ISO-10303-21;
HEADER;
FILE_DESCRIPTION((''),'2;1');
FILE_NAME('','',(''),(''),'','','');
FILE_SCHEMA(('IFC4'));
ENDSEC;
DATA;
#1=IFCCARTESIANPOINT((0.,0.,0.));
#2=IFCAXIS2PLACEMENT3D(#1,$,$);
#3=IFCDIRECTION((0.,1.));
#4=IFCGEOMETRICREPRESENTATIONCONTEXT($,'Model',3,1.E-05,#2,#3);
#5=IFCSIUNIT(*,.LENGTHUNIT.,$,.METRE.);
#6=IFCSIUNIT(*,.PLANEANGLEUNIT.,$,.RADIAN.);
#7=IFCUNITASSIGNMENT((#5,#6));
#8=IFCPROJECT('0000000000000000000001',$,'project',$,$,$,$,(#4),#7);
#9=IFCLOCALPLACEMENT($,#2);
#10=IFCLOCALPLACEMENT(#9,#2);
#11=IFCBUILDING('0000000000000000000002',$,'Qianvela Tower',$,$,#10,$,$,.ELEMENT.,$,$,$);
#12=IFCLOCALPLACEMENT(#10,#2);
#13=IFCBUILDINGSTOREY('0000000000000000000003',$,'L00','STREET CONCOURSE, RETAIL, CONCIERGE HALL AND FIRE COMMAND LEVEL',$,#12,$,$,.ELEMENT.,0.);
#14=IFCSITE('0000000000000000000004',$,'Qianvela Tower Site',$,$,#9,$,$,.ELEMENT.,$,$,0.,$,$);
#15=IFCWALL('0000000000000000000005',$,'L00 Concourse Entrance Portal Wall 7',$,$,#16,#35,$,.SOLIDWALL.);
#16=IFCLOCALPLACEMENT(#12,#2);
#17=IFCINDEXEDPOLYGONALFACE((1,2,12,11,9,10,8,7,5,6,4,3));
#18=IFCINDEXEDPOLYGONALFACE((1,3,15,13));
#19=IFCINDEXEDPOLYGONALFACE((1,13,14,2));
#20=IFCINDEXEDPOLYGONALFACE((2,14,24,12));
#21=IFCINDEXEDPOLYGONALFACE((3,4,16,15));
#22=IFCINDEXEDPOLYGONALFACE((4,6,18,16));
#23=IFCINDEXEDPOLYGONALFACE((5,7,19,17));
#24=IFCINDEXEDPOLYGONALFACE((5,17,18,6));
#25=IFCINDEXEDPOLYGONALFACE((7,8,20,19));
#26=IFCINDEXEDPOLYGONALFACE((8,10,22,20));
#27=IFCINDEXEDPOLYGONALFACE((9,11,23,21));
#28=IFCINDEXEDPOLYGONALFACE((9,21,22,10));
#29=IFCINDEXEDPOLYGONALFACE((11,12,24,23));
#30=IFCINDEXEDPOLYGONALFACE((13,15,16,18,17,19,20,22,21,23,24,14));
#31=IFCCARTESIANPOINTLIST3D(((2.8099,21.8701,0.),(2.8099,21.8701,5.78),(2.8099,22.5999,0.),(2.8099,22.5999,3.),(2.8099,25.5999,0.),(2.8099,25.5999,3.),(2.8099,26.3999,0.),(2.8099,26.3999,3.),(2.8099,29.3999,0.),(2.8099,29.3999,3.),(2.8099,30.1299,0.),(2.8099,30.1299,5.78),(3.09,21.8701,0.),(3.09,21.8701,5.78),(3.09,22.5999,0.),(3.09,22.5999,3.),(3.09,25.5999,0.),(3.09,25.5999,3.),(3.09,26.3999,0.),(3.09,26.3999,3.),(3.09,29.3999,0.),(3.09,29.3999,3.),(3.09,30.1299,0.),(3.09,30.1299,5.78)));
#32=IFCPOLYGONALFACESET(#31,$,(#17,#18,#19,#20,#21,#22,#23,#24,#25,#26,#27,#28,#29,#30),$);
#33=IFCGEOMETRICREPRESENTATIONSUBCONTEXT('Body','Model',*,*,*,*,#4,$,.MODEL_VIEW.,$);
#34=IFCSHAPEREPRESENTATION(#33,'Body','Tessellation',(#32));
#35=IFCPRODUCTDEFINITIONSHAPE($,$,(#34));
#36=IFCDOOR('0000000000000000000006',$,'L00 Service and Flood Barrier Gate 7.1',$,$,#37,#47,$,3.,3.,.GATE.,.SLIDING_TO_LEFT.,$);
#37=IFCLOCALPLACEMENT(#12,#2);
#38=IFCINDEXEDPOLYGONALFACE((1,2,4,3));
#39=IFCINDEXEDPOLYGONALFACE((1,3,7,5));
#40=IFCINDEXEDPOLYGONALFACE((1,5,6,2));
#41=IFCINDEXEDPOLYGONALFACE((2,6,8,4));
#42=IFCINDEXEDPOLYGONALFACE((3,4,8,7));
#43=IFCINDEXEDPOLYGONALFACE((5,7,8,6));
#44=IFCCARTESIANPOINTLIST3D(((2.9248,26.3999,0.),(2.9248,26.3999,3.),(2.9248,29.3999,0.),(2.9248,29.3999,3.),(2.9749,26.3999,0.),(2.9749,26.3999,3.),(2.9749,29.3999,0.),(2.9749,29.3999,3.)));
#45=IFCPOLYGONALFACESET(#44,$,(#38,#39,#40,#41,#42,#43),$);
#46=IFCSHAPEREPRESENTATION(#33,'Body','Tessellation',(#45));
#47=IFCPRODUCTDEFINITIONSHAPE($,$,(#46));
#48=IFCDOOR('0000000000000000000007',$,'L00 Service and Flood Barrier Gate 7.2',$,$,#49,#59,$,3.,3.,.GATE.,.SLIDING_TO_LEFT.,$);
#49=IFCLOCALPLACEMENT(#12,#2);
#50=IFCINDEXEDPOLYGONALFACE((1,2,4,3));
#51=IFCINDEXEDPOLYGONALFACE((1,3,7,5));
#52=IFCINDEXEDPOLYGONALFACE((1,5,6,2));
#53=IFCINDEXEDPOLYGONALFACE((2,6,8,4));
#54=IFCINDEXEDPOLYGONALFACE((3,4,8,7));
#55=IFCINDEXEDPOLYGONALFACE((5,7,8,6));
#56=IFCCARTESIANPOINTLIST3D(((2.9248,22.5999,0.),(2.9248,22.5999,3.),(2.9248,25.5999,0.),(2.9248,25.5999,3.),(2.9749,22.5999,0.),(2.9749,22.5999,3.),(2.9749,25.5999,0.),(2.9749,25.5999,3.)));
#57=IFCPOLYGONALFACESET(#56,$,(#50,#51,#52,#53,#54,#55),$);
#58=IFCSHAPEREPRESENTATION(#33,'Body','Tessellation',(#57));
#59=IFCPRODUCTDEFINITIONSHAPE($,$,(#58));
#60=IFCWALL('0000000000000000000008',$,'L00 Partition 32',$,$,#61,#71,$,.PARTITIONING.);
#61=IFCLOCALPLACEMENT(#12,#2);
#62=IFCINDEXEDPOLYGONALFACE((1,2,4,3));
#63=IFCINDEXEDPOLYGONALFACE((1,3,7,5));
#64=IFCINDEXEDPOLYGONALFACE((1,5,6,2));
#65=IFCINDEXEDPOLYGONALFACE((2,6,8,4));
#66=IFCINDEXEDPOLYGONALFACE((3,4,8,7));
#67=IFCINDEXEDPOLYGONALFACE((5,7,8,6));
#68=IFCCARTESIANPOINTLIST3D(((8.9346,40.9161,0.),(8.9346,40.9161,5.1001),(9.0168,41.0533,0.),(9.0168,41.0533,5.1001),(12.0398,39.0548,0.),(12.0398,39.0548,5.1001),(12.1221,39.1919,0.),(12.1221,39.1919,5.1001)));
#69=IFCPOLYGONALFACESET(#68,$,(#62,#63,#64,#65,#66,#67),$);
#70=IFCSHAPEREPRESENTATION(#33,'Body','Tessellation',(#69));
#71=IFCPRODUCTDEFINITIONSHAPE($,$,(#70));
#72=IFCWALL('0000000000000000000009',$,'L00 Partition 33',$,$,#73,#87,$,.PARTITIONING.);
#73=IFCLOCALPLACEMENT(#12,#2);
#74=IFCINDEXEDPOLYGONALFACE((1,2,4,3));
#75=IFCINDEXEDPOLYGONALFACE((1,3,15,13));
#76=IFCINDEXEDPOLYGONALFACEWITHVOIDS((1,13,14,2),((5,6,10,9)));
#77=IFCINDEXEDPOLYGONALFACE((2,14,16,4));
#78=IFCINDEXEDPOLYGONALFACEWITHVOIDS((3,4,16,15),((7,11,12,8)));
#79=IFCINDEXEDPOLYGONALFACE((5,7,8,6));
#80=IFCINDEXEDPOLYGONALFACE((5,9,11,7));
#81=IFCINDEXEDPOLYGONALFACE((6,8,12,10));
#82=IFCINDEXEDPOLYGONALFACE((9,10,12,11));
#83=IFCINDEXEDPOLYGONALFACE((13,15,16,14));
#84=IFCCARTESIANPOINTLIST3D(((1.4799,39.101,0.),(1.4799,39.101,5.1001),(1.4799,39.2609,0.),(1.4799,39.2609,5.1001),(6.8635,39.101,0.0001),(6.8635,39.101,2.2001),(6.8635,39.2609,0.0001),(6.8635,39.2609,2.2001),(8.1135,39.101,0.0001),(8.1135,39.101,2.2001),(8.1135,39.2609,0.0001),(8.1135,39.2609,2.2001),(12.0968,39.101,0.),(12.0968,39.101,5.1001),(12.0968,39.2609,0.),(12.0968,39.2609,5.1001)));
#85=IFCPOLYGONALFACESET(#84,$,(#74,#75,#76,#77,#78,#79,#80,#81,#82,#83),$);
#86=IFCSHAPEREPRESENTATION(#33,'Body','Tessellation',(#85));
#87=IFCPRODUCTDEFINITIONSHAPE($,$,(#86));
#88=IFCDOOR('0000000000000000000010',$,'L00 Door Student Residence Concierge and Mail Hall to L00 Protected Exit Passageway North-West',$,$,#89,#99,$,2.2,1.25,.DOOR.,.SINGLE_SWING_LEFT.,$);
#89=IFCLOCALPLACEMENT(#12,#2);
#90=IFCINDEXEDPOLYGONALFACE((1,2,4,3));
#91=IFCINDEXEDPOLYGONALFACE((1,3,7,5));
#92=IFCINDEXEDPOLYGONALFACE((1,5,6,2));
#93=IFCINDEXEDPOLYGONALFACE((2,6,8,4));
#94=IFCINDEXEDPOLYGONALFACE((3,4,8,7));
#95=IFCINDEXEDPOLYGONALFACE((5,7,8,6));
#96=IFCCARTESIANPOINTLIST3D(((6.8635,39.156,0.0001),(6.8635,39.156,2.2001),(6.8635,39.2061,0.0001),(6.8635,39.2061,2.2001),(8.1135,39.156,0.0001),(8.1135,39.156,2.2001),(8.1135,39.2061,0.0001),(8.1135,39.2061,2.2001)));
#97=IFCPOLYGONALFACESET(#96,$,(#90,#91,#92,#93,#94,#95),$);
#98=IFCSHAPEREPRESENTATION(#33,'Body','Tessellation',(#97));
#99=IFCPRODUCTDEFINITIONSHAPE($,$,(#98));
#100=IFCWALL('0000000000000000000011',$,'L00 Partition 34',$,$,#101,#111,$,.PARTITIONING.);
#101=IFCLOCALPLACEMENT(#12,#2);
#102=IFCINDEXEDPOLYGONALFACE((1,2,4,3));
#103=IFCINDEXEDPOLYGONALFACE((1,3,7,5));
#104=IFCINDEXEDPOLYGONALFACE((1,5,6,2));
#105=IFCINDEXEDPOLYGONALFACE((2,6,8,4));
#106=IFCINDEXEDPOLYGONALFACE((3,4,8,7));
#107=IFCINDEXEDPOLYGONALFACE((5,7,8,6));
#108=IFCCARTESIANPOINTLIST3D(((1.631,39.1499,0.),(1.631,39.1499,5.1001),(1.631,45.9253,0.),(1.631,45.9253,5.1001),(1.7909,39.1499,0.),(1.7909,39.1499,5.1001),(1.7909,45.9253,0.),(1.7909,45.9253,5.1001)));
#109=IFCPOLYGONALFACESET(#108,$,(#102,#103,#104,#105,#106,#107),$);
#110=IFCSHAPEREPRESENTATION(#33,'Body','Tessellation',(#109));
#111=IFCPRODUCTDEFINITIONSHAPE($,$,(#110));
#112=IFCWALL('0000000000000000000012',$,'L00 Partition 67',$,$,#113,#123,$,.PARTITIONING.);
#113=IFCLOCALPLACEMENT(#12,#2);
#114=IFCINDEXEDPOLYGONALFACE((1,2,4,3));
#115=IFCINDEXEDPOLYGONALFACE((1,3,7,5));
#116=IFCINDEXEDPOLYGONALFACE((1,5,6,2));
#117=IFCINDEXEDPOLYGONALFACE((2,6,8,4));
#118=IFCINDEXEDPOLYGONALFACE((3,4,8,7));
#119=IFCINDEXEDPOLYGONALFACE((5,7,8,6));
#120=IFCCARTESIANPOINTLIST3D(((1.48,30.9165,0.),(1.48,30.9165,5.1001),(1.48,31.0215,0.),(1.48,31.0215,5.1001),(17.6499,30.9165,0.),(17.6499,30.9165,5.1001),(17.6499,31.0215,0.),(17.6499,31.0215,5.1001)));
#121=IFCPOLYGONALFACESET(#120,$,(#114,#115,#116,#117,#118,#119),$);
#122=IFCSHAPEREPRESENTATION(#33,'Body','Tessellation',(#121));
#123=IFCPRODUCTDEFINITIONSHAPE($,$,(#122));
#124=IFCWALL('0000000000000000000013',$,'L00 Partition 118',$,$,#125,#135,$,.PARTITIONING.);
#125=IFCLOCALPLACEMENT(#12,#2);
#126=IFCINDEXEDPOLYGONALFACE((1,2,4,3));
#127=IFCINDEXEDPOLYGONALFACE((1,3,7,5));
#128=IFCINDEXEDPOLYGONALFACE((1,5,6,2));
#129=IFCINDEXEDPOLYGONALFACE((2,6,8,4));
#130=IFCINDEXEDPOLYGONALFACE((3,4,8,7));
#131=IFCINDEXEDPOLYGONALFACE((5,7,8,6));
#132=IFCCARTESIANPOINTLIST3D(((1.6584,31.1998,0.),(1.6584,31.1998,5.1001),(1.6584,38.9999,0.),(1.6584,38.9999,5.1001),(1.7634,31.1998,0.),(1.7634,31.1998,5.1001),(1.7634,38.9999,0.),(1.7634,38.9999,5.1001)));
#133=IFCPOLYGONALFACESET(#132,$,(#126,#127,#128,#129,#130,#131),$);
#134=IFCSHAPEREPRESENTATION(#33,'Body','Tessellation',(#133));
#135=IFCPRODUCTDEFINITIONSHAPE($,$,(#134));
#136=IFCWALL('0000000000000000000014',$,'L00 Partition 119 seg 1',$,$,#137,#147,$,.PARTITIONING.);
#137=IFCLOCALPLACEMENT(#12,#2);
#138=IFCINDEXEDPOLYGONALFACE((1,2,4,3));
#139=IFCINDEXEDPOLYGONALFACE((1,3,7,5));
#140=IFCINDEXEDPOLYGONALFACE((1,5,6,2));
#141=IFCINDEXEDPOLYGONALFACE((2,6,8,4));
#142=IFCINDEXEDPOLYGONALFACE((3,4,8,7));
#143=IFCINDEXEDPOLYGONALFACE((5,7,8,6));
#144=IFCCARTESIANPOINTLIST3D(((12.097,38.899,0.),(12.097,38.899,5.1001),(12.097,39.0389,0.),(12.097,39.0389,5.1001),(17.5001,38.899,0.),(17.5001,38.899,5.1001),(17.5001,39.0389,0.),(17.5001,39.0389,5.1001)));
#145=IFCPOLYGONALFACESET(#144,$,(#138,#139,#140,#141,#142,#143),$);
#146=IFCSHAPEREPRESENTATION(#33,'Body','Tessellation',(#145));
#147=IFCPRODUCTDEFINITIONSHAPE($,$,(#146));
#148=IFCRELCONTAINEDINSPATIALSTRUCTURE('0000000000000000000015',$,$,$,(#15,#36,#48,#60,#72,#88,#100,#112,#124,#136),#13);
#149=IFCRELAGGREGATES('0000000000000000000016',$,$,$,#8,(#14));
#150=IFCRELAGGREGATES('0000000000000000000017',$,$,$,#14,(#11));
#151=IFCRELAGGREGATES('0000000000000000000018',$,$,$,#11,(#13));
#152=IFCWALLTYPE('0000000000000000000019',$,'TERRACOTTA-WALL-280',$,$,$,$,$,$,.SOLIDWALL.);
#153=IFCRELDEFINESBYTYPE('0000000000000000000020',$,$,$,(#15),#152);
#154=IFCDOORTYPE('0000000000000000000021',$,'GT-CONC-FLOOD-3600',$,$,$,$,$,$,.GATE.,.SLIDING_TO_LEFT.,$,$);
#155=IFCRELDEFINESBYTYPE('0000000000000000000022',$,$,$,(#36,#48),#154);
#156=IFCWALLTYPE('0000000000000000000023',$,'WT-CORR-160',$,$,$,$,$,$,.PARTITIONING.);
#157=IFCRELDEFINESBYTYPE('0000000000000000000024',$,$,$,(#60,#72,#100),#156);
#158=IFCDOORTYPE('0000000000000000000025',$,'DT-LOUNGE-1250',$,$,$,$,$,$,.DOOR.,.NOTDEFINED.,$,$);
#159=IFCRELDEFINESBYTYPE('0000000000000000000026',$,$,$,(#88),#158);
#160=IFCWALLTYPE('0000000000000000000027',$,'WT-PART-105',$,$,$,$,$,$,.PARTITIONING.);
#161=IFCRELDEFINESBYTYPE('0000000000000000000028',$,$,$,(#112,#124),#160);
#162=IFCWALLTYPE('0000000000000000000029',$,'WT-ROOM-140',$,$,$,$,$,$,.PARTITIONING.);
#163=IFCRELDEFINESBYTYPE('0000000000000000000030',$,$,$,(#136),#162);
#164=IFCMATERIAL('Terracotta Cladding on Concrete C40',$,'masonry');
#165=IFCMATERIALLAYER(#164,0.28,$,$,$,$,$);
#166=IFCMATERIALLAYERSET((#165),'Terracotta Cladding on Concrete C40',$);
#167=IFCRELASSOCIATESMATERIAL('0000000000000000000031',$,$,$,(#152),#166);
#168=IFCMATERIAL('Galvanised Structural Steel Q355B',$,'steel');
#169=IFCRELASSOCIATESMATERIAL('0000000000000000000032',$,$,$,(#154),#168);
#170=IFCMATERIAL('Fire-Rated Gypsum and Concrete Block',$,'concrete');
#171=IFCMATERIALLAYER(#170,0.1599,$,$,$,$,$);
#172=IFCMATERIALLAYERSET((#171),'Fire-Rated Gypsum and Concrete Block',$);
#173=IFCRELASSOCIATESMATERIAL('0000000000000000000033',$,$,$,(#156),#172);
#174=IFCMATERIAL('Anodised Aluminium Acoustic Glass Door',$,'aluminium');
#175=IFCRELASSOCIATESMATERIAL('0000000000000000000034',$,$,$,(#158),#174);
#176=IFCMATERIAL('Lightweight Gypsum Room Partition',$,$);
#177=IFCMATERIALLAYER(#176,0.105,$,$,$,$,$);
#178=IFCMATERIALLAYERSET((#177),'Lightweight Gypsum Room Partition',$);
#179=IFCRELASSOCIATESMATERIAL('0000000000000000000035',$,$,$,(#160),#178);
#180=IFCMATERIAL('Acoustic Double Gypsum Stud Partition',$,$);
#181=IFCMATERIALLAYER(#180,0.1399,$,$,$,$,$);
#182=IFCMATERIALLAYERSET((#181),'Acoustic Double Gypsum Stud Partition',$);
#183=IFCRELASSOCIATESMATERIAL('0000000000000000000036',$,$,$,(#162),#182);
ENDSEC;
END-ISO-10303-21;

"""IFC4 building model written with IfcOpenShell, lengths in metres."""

from ifc_helpers import new_model, si_unit, direction, frame, frame_2d, origin, place, context, subcontext, project, spatial, rectangle, extrude, material, layer, layer_set, type_object, element, fill, save


model = new_model("IFC4")

# Units and contexts
model_context = context("Model", 3, precision=1e-05, world=origin(), true_north=direction((0.0, 1.0)))
body_context = subcontext(model_context, "Body", "Model", "MODEL_VIEW")
ifc_project = project(units=[si_unit("LENGTHUNIT", "METRE"), si_unit("PLANEANGLEUNIT", "RADIAN")], contexts=[model_context])

# Site, building, storey
site_placement = place(None, origin())
site = spatial("IfcSite", under=ifc_project, at=site_placement, Name="Qianvela Tower Site", CompositionType="ELEMENT", RefElevation=0.0)
building_placement = place(site_placement, origin())
building = spatial("IfcBuilding", under=site, at=building_placement, Name="Qianvela Tower", CompositionType="ELEMENT")
storey_placement = place(building_placement, origin())
storey = spatial("IfcBuildingStorey", under=building, at=storey_placement, Name="L00", Description="STREET CONCOURSE, RETAIL, CONCIERGE HALL AND FIRE COMMAND LEVEL", CompositionType="ELEMENT", Elevation=0.0)

# Wall, openings, doors
ifc_material_1 = material(Name="Terracotta Cladding on Concrete C40", Category="masonry")
ifc_layer_1 = layer(ifc_material_1, 0.28)
ifc_layer_set_1 = layer_set([ifc_layer_1], Name="Terracotta Cladding on Concrete C40")
wall_type_1 = type_object("IfcWallType", Name="TERRACOTTA-WALL-280", PredefinedType="SOLIDWALL", material=ifc_layer_set_1)
wall_1_placement = place(storey_placement, frame((2.95, 30.1299, 0.0), z_axis=(0.0, 0.0, 1.0), x_axis=(0.0, -1.0, 0.0)))
wall_1 = element("IfcWall", 1, at=wall_1_placement, inside=storey, type_object=wall_type_1, Name="L00 Concourse Entrance Portal Wall 7", PredefinedType="SOLIDWALL", context=body_context, shape_type="SweptSolid", body=[
    extrude(rectangle(XDim=8.2598, YDim=0.28, at=frame_2d((4.1299, 0.0))), origin(), (0.0, 0.0, 1.0), 5.78),
])
opening_1_placement = place(wall_1_placement, frame((0.73, 0.0, 0.0)))
opening_1 = element("IfcOpeningElement", 2, at=opening_1_placement, cuts=wall_1, PredefinedType="OPENING", context=body_context, shape_type="SweptSolid", body=[
    extrude(rectangle(XDim=3.0, YDim=3.0, at=frame_2d((1.5, 1.5))), frame((0.0, 0.1499, 0.0), z_axis=(0.0, -1.0, 0.0), x_axis=(1.0, 0.0, 0.0)), (0.0, 0.0, 1.0), 0.3),
])
opening_2_placement = place(wall_1_placement, frame((4.53, 0.0, 0.0)))
opening_2 = element("IfcOpeningElement", 3, at=opening_2_placement, cuts=wall_1, PredefinedType="OPENING", context=body_context, shape_type="SweptSolid", body=[
    extrude(rectangle(XDim=3.0, YDim=3.0, at=frame_2d((1.5, 1.5))), frame((0.0, 0.1499, 0.0), z_axis=(0.0, -1.0, 0.0), x_axis=(1.0, 0.0, 0.0)), (0.0, 0.0, 1.0), 0.3),
])
ifc_material_2 = material(Name="Galvanised Structural Steel Q355B", Category="steel")
door_type_1 = type_object("IfcDoorType", Name="GT-CONC-FLOOD-3600", OperationType="SLIDING_TO_LEFT", PredefinedType="GATE", material=ifc_material_2)
door_1_placement = place(opening_1_placement, origin())
door_1 = element("IfcDoor", 4, at=door_1_placement, inside=storey, type_object=door_type_1, Name="L00 Service and Flood Barrier Gate 7.1", OperationType="SLIDING_TO_LEFT", OverallHeight=3.0, OverallWidth=3.0, PredefinedType="GATE", context=body_context, shape_type="SweptSolid", body=[
    extrude(rectangle(XDim=3.0, YDim=3.0, at=frame_2d((1.5, 1.5))), frame((0.0, 0.0249, 0.0), z_axis=(0.0, -1.0, 0.0), x_axis=(1.0, 0.0, 0.0)), (0.0, 0.0, 1.0), 0.05),
])
fill(opening_1, door_1)
door_2_placement = place(opening_2_placement, origin())
door_2 = element("IfcDoor", 5, at=door_2_placement, inside=storey, type_object=door_type_1, Name="L00 Service and Flood Barrier Gate 7.2", OperationType="SLIDING_TO_LEFT", OverallHeight=3.0, OverallWidth=3.0, PredefinedType="GATE", context=body_context, shape_type="SweptSolid", body=[
    extrude(rectangle(XDim=3.0, YDim=3.0, at=frame_2d((1.5, 1.5))), frame((0.0, 0.0249, 0.0), z_axis=(0.0, -1.0, 0.0), x_axis=(1.0, 0.0, 0.0)), (0.0, 0.0, 1.0), 0.05),
])
fill(opening_2, door_2)

# Wall
ifc_material_3 = material(Name="Fire-Rated Gypsum and Concrete Block", Category="concrete")
ifc_layer_2 = layer(ifc_material_3, 0.1599)
ifc_layer_set_2 = layer_set([ifc_layer_2], Name="Fire-Rated Gypsum and Concrete Block")
wall_type_2 = type_object("IfcWallType", Name="WT-CORR-160", PredefinedType="PARTITIONING", material=ifc_layer_set_2)
wall_2_placement = place(storey_placement, frame((8.9758, 40.9846, 0.0), z_axis=(0.0, 0.0, 1.0), x_axis=(0.857713, -0.514129, 0.0)))
element("IfcWall", 6, at=wall_2_placement, inside=storey, type_object=wall_type_2, Name="L00 Partition 32", PredefinedType="PARTITIONING", context=body_context, shape_type="SweptSolid", body=[
    extrude(rectangle(XDim=3.6204, YDim=0.1599, at=frame_2d((1.8101, 0.0))), origin(), (0.0, 0.0, 1.0), 5.1001),
])

# Wall, opening, door
wall_3_placement = place(storey_placement, frame((12.0969, 39.1809, 0.0), z_axis=(0.0, 0.0, 1.0), x_axis=(-1.0, 0.0, 0.0)))
wall_3 = element("IfcWall", 7, at=wall_3_placement, inside=storey, type_object=wall_type_2, Name="L00 Partition 33", PredefinedType="PARTITIONING", context=body_context, shape_type="SweptSolid", body=[
    extrude(rectangle(XDim=10.6169, YDim=0.1599, at=frame_2d((5.3086, 0.0))), origin(), (0.0, 0.0, 1.0), 5.1001),
])
opening_3_placement = place(wall_3_placement, frame((3.9834, 0.0, 0.0)))
opening_3 = element("IfcOpeningElement", 8, at=opening_3_placement, cuts=wall_3, PredefinedType="OPENING", context=body_context, shape_type="SweptSolid", body=[
    extrude(rectangle(XDim=1.25, YDim=2.2, at=frame_2d((0.625, 1.1001))), frame((0.0, 0.0898, 0.0), z_axis=(0.0, -1.0, 0.0), x_axis=(1.0, 0.0, 0.0)), (0.0, 0.0, 1.0), 0.1799),
])
ifc_material_4 = material(Name="Anodised Aluminium Acoustic Glass Door", Category="aluminium")
door_type_2 = type_object("IfcDoorType", Name="DT-LOUNGE-1250", OperationType="NOTDEFINED", PredefinedType="DOOR", material=ifc_material_4)
door_3_placement = place(opening_3_placement, origin())
door_3 = element("IfcDoor", 9, at=door_3_placement, inside=storey, type_object=door_type_2, Name="L00 Door Student Residence Concierge and Mail Hall to L00 Protected Exit Passageway North-West", OperationType="SINGLE_SWING_LEFT", OverallHeight=2.2, OverallWidth=1.25, PredefinedType="DOOR", context=body_context, shape_type="SweptSolid", body=[
    extrude(rectangle(XDim=1.25, YDim=2.2, at=frame_2d((0.625, 1.1001))), frame((0.0, 0.0249, 0.0), z_axis=(0.0, -1.0, 0.0), x_axis=(1.0, 0.0, 0.0)), (0.0, 0.0, 1.0), 0.05),
])
fill(opening_3, door_3)

# Walls
wall_4_placement = place(storey_placement, frame((1.7109, 39.1499, 0.0), z_axis=(0.0, 0.0, 1.0), x_axis=(0.0, 1.0, 0.0)))
element("IfcWall", 10, at=wall_4_placement, inside=storey, type_object=wall_type_2, Name="L00 Partition 34", PredefinedType="PARTITIONING", context=body_context, shape_type="SweptSolid", body=[
    extrude(rectangle(XDim=6.7754, YDim=0.1599, at=frame_2d((3.3877, 0.0))), origin(), (0.0, 0.0, 1.0), 5.1001),
])
ifc_material_5 = material(Name="Lightweight Gypsum Room Partition")
ifc_layer_3 = layer(ifc_material_5, 0.105)
ifc_layer_set_3 = layer_set([ifc_layer_3], Name="Lightweight Gypsum Room Partition")
wall_type_3 = type_object("IfcWallType", Name="WT-PART-105", PredefinedType="PARTITIONING", material=ifc_layer_set_3)
wall_5_placement = place(storey_placement, frame((1.48, 30.969, 0.0), z_axis=(0.0, 0.0, 1.0), x_axis=(1.0, 0.0, 0.0)))
element("IfcWall", 11, at=wall_5_placement, inside=storey, type_object=wall_type_3, Name="L00 Partition 67", PredefinedType="PARTITIONING", context=body_context, shape_type="SweptSolid", body=[
    extrude(rectangle(XDim=16.1699, YDim=0.105, at=frame_2d((8.085, 0.0))), origin(), (0.0, 0.0, 1.0), 5.1001),
])
wall_6_placement = place(storey_placement, frame((1.7109, 31.2, 0.0), z_axis=(0.0, 0.0, 1.0), x_axis=(0.0, 1.0, 0.0)))
element("IfcWall", 12, at=wall_6_placement, inside=storey, type_object=wall_type_3, Name="L00 Partition 118", PredefinedType="PARTITIONING", context=body_context, shape_type="SweptSolid", body=[
    extrude(rectangle(XDim=7.8, YDim=0.105, at=frame_2d((3.8999, 0.0))), origin(), (0.0, 0.0, 1.0), 5.1001),
])
ifc_material_6 = material(Name="Acoustic Double Gypsum Stud Partition")
ifc_layer_4 = layer(ifc_material_6, 0.1399)
ifc_layer_set_4 = layer_set([ifc_layer_4], Name="Acoustic Double Gypsum Stud Partition")
wall_type_4 = type_object("IfcWallType", Name="WT-ROOM-140", PredefinedType="PARTITIONING", material=ifc_layer_set_4)
wall_7_placement = place(storey_placement, frame((12.0969, 38.969, 0.0), z_axis=(0.0, 0.0, 1.0), x_axis=(1.0, 0.0, 0.0)))
element("IfcWall", 13, at=wall_7_placement, inside=storey, type_object=wall_type_4, Name="L00 Partition 119 seg 1", PredefinedType="PARTITIONING", context=body_context, shape_type="SweptSolid", body=[
    extrude(rectangle(XDim=5.4031, YDim=0.1399, at=frame_2d((2.7017, 0.0))), origin(), (0.0, 0.0, 1.0), 5.1001),
])

save(model, "model.ifc")
